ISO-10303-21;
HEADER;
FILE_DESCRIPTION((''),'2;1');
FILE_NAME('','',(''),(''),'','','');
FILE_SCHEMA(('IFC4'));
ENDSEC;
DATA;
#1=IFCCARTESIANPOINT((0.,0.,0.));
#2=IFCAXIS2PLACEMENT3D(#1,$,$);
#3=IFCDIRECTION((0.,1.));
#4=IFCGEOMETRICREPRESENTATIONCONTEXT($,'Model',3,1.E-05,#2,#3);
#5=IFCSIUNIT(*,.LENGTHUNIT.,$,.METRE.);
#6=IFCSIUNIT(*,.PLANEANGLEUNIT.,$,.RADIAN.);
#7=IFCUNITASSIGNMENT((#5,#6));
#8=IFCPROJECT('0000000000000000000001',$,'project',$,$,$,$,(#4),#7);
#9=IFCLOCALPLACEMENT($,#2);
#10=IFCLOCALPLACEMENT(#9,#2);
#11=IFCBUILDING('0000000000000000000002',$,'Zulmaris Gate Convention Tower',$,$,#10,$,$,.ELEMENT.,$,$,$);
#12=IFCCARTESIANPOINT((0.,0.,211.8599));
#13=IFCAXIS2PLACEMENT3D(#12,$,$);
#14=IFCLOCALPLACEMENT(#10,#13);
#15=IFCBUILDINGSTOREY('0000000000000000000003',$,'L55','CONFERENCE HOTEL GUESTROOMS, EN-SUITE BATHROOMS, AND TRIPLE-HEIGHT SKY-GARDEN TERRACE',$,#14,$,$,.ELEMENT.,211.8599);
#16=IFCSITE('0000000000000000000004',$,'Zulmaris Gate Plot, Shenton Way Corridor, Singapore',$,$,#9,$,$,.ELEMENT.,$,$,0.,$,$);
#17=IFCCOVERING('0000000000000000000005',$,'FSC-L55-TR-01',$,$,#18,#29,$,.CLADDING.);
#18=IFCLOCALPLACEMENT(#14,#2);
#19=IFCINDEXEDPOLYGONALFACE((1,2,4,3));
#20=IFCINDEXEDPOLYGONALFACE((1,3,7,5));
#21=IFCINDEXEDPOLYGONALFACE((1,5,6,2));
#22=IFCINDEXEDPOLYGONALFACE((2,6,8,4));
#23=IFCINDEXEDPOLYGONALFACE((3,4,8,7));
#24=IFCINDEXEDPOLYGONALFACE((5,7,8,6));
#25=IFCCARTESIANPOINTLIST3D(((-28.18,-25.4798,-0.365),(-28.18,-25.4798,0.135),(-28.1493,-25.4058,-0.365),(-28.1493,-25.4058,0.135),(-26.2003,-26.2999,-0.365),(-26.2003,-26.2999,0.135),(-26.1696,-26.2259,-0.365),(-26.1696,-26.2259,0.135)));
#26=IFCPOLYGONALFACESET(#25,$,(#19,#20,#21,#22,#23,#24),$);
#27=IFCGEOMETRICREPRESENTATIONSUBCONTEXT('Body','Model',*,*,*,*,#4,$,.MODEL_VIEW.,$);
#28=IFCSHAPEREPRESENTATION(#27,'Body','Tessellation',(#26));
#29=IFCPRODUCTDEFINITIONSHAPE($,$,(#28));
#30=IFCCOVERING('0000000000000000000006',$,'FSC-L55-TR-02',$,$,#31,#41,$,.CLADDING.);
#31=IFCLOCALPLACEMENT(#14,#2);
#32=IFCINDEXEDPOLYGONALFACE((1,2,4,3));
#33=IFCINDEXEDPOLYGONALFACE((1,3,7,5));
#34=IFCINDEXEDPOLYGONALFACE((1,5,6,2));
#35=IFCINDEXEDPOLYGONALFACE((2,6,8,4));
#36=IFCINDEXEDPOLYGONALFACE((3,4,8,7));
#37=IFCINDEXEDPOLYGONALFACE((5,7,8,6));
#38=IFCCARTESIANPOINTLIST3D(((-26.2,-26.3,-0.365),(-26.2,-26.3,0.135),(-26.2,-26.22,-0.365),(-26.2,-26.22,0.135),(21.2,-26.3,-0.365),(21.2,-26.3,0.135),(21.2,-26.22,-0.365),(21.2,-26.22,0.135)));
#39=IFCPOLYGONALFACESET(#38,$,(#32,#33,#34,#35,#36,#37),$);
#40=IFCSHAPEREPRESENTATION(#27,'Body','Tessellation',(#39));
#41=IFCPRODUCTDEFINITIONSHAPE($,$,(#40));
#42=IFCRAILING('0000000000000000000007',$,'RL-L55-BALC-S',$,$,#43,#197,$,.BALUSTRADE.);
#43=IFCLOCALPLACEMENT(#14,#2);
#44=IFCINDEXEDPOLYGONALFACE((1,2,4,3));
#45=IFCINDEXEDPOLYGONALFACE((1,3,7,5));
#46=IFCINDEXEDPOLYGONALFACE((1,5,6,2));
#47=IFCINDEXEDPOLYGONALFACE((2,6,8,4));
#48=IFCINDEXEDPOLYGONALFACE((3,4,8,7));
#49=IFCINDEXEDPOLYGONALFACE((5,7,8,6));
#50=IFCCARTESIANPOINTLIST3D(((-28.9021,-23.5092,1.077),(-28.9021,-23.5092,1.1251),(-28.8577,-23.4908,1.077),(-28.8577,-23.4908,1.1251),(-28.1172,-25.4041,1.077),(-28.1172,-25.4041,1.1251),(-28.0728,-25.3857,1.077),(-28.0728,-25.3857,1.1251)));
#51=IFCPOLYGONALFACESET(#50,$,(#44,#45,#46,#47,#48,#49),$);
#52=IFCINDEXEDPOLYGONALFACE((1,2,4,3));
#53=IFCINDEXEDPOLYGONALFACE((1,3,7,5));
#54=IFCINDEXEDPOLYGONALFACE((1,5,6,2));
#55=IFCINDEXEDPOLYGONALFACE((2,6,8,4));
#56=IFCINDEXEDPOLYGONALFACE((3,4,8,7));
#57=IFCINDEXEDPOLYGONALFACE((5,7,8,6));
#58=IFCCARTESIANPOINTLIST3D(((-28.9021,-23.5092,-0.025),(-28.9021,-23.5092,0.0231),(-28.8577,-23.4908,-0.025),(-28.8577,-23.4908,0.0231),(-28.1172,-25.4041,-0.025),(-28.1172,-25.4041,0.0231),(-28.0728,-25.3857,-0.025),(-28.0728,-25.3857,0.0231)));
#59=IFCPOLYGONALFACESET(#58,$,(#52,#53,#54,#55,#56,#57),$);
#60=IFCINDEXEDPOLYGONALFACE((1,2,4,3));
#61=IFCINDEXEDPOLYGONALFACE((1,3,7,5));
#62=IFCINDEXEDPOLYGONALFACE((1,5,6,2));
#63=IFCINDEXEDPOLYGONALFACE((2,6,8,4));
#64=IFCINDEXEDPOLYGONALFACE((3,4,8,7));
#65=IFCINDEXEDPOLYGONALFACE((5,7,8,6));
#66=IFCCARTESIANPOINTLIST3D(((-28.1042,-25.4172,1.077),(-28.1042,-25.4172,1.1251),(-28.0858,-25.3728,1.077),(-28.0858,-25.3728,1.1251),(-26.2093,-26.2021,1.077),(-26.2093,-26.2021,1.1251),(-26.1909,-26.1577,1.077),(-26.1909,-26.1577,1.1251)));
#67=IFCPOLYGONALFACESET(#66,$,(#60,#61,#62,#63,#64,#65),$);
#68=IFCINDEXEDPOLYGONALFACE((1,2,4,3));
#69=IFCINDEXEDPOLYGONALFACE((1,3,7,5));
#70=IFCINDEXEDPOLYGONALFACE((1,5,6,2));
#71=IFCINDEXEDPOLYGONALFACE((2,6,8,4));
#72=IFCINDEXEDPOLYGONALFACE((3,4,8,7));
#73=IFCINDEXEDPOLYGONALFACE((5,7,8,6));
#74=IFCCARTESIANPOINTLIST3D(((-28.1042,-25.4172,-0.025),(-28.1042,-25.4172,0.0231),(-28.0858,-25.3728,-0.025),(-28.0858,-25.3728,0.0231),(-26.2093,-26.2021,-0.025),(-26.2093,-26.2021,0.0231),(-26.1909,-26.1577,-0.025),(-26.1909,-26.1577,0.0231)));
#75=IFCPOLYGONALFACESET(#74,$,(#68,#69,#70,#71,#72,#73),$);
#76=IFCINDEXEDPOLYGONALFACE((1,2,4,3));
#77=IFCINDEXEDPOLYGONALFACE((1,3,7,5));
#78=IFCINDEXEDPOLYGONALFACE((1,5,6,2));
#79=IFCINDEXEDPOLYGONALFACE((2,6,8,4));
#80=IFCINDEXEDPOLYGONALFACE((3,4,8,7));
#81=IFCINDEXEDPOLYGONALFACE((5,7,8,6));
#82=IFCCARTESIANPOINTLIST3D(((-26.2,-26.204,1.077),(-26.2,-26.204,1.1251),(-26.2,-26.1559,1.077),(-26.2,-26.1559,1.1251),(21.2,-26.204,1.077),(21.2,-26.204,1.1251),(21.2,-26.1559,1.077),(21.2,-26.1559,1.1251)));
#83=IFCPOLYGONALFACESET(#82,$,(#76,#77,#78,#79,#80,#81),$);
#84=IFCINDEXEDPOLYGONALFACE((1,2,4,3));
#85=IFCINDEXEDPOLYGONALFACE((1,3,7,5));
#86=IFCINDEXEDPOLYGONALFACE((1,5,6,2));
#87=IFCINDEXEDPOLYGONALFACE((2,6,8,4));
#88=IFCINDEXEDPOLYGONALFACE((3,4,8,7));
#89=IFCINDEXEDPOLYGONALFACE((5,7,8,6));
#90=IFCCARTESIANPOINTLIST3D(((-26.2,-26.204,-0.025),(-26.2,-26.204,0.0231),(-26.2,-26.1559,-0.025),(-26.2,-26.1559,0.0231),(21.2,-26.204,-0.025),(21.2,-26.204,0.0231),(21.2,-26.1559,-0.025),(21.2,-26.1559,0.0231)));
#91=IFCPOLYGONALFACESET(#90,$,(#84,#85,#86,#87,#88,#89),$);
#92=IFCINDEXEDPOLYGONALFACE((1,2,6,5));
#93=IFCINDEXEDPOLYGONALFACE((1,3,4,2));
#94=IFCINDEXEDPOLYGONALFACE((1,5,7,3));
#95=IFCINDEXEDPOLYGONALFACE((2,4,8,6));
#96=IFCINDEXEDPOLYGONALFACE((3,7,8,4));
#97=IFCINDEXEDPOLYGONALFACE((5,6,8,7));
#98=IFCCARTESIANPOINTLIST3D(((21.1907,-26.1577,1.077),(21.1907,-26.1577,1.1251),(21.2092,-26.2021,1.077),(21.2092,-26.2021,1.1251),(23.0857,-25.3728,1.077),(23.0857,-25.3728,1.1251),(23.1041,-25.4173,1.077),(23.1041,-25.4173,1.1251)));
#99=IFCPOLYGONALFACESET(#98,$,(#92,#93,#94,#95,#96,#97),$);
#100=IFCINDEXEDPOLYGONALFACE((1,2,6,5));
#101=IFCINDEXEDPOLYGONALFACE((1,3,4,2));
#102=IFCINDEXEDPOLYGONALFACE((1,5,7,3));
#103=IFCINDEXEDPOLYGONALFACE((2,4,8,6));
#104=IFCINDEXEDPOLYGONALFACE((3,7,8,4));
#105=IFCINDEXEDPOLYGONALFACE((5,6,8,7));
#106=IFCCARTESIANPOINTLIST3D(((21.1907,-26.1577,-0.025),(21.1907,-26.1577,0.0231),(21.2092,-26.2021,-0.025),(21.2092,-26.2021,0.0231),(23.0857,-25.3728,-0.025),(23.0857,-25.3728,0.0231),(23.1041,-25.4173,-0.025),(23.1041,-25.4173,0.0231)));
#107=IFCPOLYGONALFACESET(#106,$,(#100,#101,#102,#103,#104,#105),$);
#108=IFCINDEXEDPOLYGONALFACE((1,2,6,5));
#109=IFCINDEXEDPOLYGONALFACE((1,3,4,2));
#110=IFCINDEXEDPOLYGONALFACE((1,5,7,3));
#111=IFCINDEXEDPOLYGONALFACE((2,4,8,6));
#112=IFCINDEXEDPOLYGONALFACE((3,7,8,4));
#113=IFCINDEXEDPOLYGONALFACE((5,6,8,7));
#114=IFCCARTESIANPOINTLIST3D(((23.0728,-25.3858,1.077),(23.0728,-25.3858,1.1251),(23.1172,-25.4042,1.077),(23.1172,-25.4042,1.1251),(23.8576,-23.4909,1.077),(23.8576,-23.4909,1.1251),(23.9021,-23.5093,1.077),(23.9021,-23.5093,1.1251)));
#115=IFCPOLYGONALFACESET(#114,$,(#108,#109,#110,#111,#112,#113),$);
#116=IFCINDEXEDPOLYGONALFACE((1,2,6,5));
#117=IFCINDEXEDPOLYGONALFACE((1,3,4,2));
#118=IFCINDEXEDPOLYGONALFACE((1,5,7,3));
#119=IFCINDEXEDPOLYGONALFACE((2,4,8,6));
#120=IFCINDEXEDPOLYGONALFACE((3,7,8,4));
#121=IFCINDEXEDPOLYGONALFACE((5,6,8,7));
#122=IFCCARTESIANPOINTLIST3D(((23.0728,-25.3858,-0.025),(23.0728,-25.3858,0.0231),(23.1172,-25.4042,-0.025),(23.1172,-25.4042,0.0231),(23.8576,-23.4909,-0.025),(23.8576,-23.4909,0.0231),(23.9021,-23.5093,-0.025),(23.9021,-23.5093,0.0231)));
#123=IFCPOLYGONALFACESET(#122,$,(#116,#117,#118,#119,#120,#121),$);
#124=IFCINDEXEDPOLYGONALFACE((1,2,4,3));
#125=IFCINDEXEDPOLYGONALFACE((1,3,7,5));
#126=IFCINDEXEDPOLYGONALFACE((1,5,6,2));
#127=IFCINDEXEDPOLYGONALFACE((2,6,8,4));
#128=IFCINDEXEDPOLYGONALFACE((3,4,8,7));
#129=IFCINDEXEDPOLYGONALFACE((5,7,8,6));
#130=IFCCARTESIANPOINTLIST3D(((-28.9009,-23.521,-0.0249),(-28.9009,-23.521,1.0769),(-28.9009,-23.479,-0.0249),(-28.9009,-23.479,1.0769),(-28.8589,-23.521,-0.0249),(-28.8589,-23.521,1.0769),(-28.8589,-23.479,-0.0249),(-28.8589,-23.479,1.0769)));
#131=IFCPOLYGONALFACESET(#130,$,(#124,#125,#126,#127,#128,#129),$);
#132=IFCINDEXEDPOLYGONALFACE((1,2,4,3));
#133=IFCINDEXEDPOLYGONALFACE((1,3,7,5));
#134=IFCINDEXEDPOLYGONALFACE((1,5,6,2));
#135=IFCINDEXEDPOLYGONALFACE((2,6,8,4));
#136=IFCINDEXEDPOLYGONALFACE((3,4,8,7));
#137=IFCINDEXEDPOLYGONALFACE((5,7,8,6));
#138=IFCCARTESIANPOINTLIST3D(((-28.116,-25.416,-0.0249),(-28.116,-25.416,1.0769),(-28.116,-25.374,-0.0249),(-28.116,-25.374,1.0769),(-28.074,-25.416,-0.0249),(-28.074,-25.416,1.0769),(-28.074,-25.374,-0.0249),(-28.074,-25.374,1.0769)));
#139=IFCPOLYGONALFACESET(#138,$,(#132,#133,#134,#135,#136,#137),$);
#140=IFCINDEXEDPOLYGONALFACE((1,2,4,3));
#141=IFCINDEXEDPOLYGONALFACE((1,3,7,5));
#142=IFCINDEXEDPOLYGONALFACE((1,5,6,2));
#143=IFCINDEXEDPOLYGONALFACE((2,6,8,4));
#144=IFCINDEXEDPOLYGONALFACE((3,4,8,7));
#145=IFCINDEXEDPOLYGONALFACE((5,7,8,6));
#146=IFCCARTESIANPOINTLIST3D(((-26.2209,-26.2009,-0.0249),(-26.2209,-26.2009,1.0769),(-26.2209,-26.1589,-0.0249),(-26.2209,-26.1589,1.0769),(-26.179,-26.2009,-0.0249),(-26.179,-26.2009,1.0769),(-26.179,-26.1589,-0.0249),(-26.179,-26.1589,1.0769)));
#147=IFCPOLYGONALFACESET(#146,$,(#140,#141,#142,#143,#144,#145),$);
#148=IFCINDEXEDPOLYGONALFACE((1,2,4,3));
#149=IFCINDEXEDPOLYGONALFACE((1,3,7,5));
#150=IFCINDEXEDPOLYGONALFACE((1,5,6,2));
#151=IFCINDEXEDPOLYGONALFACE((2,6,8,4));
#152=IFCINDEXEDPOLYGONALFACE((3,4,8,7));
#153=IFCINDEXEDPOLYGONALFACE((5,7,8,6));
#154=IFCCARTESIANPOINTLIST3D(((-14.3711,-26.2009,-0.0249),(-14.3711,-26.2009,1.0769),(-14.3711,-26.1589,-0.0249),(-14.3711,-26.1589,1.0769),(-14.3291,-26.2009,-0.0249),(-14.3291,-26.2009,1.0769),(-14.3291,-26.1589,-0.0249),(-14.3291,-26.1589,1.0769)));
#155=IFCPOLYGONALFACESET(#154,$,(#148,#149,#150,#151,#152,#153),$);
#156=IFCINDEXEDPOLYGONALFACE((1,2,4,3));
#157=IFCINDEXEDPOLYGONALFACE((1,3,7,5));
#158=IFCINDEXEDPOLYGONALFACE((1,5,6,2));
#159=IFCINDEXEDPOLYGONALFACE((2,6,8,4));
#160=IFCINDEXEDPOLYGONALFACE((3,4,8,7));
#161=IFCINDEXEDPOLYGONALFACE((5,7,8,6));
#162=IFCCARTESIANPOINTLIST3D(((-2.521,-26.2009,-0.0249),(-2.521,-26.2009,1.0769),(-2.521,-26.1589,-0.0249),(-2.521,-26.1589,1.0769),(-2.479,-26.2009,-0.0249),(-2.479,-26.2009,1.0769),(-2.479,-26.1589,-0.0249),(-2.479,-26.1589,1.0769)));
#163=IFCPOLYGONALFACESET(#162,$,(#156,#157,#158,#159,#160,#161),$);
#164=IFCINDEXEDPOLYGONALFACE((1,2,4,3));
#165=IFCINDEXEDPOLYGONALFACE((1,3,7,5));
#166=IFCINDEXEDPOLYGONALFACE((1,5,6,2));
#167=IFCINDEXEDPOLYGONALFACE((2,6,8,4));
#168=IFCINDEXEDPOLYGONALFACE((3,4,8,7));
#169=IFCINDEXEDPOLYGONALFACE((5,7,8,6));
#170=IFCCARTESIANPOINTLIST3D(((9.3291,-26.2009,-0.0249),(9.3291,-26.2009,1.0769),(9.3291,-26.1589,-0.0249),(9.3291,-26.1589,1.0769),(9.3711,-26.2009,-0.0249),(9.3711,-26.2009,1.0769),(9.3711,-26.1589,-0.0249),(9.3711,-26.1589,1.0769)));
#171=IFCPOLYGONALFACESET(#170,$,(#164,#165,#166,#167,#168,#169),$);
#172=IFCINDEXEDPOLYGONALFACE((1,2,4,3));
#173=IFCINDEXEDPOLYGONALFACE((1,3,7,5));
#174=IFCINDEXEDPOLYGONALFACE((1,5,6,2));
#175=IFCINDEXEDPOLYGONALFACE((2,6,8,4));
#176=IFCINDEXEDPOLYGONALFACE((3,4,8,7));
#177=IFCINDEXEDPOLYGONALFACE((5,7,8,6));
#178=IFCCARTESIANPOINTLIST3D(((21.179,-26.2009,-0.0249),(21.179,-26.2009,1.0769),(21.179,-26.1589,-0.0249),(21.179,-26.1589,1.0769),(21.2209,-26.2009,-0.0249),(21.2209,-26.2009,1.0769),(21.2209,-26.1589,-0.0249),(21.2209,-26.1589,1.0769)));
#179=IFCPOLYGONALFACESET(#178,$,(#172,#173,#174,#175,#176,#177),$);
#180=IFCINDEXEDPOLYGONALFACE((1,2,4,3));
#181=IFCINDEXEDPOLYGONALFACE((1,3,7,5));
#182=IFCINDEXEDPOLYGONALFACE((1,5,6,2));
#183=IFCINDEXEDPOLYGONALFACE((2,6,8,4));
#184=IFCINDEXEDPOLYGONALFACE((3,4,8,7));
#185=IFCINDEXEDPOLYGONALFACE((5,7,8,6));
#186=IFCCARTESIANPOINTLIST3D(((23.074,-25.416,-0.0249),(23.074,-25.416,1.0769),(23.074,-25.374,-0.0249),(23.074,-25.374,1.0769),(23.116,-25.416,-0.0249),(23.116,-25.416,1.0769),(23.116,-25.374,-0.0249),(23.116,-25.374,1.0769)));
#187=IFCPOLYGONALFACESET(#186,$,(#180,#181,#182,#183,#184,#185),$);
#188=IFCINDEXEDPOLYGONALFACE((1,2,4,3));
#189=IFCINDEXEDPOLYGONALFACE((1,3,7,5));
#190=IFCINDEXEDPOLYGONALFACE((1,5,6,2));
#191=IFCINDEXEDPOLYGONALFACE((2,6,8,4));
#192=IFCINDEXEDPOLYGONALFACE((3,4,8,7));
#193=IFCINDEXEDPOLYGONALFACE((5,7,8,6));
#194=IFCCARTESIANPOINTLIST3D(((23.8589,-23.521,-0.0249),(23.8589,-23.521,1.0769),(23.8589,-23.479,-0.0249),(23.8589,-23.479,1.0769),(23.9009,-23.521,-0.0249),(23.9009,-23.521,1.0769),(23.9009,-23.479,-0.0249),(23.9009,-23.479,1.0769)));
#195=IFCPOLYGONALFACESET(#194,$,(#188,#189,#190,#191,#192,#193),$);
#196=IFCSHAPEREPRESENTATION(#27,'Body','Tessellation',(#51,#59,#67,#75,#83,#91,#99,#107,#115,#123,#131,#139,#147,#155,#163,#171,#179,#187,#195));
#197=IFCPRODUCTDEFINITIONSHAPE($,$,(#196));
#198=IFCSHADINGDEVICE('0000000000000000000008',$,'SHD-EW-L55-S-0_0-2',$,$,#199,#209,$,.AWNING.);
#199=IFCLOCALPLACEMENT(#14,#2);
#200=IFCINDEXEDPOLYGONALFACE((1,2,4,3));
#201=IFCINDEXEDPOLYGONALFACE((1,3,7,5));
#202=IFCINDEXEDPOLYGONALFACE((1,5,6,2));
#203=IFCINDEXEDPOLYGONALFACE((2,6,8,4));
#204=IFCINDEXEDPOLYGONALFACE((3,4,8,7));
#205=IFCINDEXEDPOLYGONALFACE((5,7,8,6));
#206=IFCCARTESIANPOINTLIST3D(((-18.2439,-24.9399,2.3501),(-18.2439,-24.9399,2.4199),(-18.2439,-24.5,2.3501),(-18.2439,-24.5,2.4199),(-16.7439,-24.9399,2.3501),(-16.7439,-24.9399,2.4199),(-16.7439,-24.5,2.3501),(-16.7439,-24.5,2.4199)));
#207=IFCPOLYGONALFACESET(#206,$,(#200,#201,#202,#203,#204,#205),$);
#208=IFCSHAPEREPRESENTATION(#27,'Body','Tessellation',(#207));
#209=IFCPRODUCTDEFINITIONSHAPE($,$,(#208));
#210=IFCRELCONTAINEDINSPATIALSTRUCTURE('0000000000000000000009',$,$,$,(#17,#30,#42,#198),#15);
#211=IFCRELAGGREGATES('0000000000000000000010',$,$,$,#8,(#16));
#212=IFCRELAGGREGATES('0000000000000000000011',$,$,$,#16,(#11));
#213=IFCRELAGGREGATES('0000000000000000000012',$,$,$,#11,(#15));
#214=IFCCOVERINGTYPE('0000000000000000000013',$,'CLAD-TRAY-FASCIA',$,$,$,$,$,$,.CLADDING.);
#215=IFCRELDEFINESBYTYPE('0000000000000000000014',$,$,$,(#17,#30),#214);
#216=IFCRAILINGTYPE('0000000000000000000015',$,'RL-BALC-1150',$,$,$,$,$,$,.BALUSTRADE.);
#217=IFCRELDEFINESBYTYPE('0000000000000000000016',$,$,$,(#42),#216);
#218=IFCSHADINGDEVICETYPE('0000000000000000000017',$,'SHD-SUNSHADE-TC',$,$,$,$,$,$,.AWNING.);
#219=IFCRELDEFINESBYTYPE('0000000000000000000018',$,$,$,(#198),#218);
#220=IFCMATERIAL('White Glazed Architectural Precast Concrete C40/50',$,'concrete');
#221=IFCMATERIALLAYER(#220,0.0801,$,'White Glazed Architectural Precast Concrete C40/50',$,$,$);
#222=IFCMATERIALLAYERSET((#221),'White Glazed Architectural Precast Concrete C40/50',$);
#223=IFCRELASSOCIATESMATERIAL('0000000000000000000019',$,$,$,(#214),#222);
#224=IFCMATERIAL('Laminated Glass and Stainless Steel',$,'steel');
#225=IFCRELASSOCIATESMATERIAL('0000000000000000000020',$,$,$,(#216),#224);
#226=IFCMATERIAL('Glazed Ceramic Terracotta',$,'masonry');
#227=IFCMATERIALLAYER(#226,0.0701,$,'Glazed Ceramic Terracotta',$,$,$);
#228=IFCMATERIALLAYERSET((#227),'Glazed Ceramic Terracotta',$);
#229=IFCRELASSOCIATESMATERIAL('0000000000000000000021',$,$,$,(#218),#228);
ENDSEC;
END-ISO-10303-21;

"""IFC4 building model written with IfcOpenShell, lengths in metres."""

from ifc_helpers import new_model, si_unit, direction, frame, frame_2d, origin, origin_2d, place, context, subcontext, project, spatial, rectangle, extrude, material, layer, layer_set, type_object, element, save


model = new_model("IFC4")

# Units and contexts
model_context = context("Model", 3, precision=1e-05, world=origin(), true_north=direction((0.0, 1.0)))
body_context = subcontext(model_context, "Body", "Model", "MODEL_VIEW")
ifc_project = project(units=[si_unit("LENGTHUNIT", "METRE"), si_unit("PLANEANGLEUNIT", "RADIAN")], contexts=[model_context])

# Site, building, storey
site_placement = place(None, origin())
site = spatial("IfcSite", under=ifc_project, at=site_placement, Name="Zulmaris Gate Plot, Shenton Way Corridor, Singapore", CompositionType="ELEMENT", RefElevation=0.0)
building_placement = place(site_placement, origin())
building = spatial("IfcBuilding", under=site, at=building_placement, Name="Zulmaris Gate Convention Tower", CompositionType="ELEMENT")
storey_placement = place(building_placement, frame((0.0, 0.0, 211.8599)))
storey = spatial("IfcBuildingStorey", under=building, at=storey_placement, Name="L55", Description="CONFERENCE HOTEL GUESTROOMS, EN-SUITE BATHROOMS, AND TRIPLE-HEIGHT SKY-GARDEN TERRACE", CompositionType="ELEMENT", Elevation=211.8599)

# Coverings
ifc_material_1 = material(Name="White Glazed Architectural Precast Concrete C40/50", Category="concrete")
ifc_layer_1 = layer(ifc_material_1, 0.0801, Name="White Glazed Architectural Precast Concrete C40/50")
ifc_layer_set_1 = layer_set([ifc_layer_1], Name="White Glazed Architectural Precast Concrete C40/50")
covering_type_1 = type_object("IfcCoveringType", Name="CLAD-TRAY-FASCIA", PredefinedType="CLADDING", material=ifc_layer_set_1)
covering_1_placement = place(storey_placement, frame((-28.1646, -25.4429, -0.365), z_axis=(0.0, 0.0, 1.0), x_axis=(0.923874, -0.382697, 0.0)))
element("IfcCovering", 1, at=covering_1_placement, inside=storey, type_object=covering_type_1, Name="FSC-L55-TR-01", PredefinedType="CLADDING", context=body_context, shape_type="SweptSolid", body=[
    extrude(rectangle(XDim=2.1428, YDim=0.0801, at=frame_2d((1.0713, 0.0))), origin(), (0.0, 0.0, 1.0), 0.5),
])
covering_2_placement = place(storey_placement, frame((-26.2, -26.26, -0.365), z_axis=(0.0, 0.0, 1.0), x_axis=(1.0, 0.0, 0.0)))
element("IfcCovering", 2, at=covering_2_placement, inside=storey, type_object=covering_type_1, Name="FSC-L55-TR-02", PredefinedType="CLADDING", context=body_context, shape_type="SweptSolid", body=[
    extrude(rectangle(XDim=47.3999, YDim=0.0801, at=frame_2d((23.7, 0.0))), origin(), (0.0, 0.0, 1.0), 0.5),
])

# Railing
ifc_material_2 = material(Name="Laminated Glass and Stainless Steel", Category="steel")
railing_type = type_object("IfcRailingType", Name="RL-BALC-1150", PredefinedType="BALUSTRADE", material=ifc_material_2)
railing_placement = place(storey_placement, frame((-28.8799, -23.5, -0.0249)))
element("IfcRailing", 3, at=railing_placement, inside=storey, type_object=railing_type, Name="RL-L55-BALC-S", PredefinedType="BALUSTRADE", context=body_context, shape_type="SweptSolid", body=[
    extrude(rectangle(XDim=0.0481, YDim=0.0481, at=origin_2d()), frame((0.0, 0.0, 1.126), z_axis=(0.382671, -0.923885, 0.0), x_axis=(0.923885, 0.382671, 0.0)), (0.0, 0.0, 1.0), 2.051),
    extrude(rectangle(XDim=0.0481, YDim=0.0481, at=origin_2d()), frame((0.0, 0.0, 0.0239), z_axis=(0.382671, -0.923885, 0.0), x_axis=(0.923885, 0.382671, 0.0)), (0.0, 0.0, 1.0), 2.051),
    extrude(rectangle(XDim=0.0481, YDim=0.0481, at=origin_2d()), frame((0.7849, -1.895, 1.126), z_axis=(0.923885, -0.382671, 0.0), x_axis=(0.382671, 0.923885, 0.0)), (0.0, 0.0, 1.0), 2.051),
    extrude(rectangle(XDim=0.0481, YDim=0.0481, at=origin_2d()), frame((0.7849, -1.895, 0.0239), z_axis=(0.923885, -0.382671, 0.0), x_axis=(0.382671, 0.923885, 0.0)), (0.0, 0.0, 1.0), 2.051),
    extrude(rectangle(XDim=0.0481, YDim=0.0481, at=origin_2d()), frame((2.6799, -2.6799, 1.126), z_axis=(1.0, 0.0, 0.0), x_axis=(0.0, 1.0, 0.0)), (0.0, 0.0, 1.0), 47.3999),
    extrude(rectangle(XDim=0.0481, YDim=0.0481, at=origin_2d()), frame((2.6799, -2.6799, 0.0239), z_axis=(1.0, 0.0, 0.0), x_axis=(0.0, 1.0, 0.0)), (0.0, 0.0, 1.0), 47.3999),
    extrude(rectangle(XDim=0.0481, YDim=0.0481, at=origin_2d()), frame((50.0798, -2.6799, 1.126), z_axis=(0.923885, 0.382671, 0.0), x_axis=(-0.382671, 0.923885, 0.0)), (0.0, 0.0, 1.0), 2.051),
    extrude(rectangle(XDim=0.0481, YDim=0.0481, at=origin_2d()), frame((50.0798, -2.6799, 0.0239), z_axis=(0.923885, 0.382671, 0.0), x_axis=(-0.382671, 0.923885, 0.0)), (0.0, 0.0, 1.0), 2.051),
    extrude(rectangle(XDim=0.0481, YDim=0.0481, at=origin_2d()), frame((51.9749, -1.895, 1.126), z_axis=(0.382671, 0.923885, 0.0), x_axis=(-0.923885, 0.382671, 0.0)), (0.0, 0.0, 1.0), 2.051),
    extrude(rectangle(XDim=0.0481, YDim=0.0481, at=origin_2d()), frame((51.9749, -1.895, 0.0239), z_axis=(0.382671, 0.923885, 0.0), x_axis=(-0.923885, 0.382671, 0.0)), (0.0, 0.0, 1.0), 2.051),
    extrude(rectangle(XDim=0.042, YDim=0.042, at=origin_2d()), origin(), (0.0, 0.0, 1.0), 1.1018),
    extrude(rectangle(XDim=0.042, YDim=0.042, at=origin_2d()), frame((0.7849, -1.895, 0.0)), (0.0, 0.0, 1.0), 1.1018),
    extrude(rectangle(XDim=0.042, YDim=0.042, at=origin_2d()), frame((2.6799, -2.6799, 0.0)), (0.0, 0.0, 1.0), 1.1018),
    extrude(rectangle(XDim=0.042, YDim=0.042, at=origin_2d()), frame((14.5298, -2.6799, 0.0)), (0.0, 0.0, 1.0), 1.1018),
    extrude(rectangle(XDim=0.042, YDim=0.042, at=origin_2d()), frame((26.3799, -2.6799, 0.0)), (0.0, 0.0, 1.0), 1.1018),
    extrude(rectangle(XDim=0.042, YDim=0.042, at=origin_2d()), frame((38.23, -2.6799, 0.0)), (0.0, 0.0, 1.0), 1.1018),
    extrude(rectangle(XDim=0.042, YDim=0.042, at=origin_2d()), frame((50.0798, -2.6799, 0.0)), (0.0, 0.0, 1.0), 1.1018),
    extrude(rectangle(XDim=0.042, YDim=0.042, at=origin_2d()), frame((51.9749, -1.895, 0.0)), (0.0, 0.0, 1.0), 1.1018),
    extrude(rectangle(XDim=0.042, YDim=0.042, at=origin_2d()), frame((52.7598, 0.0, 0.0)), (0.0, 0.0, 1.0), 1.1018),
])

# Shading device
ifc_material_3 = material(Name="Glazed Ceramic Terracotta", Category="masonry")
ifc_layer_2 = layer(ifc_material_3, 0.0701, Name="Glazed Ceramic Terracotta")
ifc_layer_set_2 = layer_set([ifc_layer_2], Name="Glazed Ceramic Terracotta")
shading_device_type = type_object("IfcShadingDeviceType", Name="SHD-SUNSHADE-TC", PredefinedType="AWNING", material=ifc_layer_set_2)
shading_device_placement = place(storey_placement, frame((-18.2439, -24.72, 2.3501), z_axis=(0.0, 0.0, 1.0), x_axis=(1.0, 0.0, 0.0)))
element("IfcShadingDevice", 4, at=shading_device_placement, inside=storey, type_object=shading_device_type, Name="SHD-EW-L55-S-0_0-2", PredefinedType="AWNING", context=body_context, shape_type="SweptSolid", body=[
    extrude(rectangle(XDim=1.5, YDim=0.4399, at=frame_2d((0.75, 0.0))), origin(), (0.0, 0.0, 1.0), 0.0698),
])

save(model, "model.ifc")
